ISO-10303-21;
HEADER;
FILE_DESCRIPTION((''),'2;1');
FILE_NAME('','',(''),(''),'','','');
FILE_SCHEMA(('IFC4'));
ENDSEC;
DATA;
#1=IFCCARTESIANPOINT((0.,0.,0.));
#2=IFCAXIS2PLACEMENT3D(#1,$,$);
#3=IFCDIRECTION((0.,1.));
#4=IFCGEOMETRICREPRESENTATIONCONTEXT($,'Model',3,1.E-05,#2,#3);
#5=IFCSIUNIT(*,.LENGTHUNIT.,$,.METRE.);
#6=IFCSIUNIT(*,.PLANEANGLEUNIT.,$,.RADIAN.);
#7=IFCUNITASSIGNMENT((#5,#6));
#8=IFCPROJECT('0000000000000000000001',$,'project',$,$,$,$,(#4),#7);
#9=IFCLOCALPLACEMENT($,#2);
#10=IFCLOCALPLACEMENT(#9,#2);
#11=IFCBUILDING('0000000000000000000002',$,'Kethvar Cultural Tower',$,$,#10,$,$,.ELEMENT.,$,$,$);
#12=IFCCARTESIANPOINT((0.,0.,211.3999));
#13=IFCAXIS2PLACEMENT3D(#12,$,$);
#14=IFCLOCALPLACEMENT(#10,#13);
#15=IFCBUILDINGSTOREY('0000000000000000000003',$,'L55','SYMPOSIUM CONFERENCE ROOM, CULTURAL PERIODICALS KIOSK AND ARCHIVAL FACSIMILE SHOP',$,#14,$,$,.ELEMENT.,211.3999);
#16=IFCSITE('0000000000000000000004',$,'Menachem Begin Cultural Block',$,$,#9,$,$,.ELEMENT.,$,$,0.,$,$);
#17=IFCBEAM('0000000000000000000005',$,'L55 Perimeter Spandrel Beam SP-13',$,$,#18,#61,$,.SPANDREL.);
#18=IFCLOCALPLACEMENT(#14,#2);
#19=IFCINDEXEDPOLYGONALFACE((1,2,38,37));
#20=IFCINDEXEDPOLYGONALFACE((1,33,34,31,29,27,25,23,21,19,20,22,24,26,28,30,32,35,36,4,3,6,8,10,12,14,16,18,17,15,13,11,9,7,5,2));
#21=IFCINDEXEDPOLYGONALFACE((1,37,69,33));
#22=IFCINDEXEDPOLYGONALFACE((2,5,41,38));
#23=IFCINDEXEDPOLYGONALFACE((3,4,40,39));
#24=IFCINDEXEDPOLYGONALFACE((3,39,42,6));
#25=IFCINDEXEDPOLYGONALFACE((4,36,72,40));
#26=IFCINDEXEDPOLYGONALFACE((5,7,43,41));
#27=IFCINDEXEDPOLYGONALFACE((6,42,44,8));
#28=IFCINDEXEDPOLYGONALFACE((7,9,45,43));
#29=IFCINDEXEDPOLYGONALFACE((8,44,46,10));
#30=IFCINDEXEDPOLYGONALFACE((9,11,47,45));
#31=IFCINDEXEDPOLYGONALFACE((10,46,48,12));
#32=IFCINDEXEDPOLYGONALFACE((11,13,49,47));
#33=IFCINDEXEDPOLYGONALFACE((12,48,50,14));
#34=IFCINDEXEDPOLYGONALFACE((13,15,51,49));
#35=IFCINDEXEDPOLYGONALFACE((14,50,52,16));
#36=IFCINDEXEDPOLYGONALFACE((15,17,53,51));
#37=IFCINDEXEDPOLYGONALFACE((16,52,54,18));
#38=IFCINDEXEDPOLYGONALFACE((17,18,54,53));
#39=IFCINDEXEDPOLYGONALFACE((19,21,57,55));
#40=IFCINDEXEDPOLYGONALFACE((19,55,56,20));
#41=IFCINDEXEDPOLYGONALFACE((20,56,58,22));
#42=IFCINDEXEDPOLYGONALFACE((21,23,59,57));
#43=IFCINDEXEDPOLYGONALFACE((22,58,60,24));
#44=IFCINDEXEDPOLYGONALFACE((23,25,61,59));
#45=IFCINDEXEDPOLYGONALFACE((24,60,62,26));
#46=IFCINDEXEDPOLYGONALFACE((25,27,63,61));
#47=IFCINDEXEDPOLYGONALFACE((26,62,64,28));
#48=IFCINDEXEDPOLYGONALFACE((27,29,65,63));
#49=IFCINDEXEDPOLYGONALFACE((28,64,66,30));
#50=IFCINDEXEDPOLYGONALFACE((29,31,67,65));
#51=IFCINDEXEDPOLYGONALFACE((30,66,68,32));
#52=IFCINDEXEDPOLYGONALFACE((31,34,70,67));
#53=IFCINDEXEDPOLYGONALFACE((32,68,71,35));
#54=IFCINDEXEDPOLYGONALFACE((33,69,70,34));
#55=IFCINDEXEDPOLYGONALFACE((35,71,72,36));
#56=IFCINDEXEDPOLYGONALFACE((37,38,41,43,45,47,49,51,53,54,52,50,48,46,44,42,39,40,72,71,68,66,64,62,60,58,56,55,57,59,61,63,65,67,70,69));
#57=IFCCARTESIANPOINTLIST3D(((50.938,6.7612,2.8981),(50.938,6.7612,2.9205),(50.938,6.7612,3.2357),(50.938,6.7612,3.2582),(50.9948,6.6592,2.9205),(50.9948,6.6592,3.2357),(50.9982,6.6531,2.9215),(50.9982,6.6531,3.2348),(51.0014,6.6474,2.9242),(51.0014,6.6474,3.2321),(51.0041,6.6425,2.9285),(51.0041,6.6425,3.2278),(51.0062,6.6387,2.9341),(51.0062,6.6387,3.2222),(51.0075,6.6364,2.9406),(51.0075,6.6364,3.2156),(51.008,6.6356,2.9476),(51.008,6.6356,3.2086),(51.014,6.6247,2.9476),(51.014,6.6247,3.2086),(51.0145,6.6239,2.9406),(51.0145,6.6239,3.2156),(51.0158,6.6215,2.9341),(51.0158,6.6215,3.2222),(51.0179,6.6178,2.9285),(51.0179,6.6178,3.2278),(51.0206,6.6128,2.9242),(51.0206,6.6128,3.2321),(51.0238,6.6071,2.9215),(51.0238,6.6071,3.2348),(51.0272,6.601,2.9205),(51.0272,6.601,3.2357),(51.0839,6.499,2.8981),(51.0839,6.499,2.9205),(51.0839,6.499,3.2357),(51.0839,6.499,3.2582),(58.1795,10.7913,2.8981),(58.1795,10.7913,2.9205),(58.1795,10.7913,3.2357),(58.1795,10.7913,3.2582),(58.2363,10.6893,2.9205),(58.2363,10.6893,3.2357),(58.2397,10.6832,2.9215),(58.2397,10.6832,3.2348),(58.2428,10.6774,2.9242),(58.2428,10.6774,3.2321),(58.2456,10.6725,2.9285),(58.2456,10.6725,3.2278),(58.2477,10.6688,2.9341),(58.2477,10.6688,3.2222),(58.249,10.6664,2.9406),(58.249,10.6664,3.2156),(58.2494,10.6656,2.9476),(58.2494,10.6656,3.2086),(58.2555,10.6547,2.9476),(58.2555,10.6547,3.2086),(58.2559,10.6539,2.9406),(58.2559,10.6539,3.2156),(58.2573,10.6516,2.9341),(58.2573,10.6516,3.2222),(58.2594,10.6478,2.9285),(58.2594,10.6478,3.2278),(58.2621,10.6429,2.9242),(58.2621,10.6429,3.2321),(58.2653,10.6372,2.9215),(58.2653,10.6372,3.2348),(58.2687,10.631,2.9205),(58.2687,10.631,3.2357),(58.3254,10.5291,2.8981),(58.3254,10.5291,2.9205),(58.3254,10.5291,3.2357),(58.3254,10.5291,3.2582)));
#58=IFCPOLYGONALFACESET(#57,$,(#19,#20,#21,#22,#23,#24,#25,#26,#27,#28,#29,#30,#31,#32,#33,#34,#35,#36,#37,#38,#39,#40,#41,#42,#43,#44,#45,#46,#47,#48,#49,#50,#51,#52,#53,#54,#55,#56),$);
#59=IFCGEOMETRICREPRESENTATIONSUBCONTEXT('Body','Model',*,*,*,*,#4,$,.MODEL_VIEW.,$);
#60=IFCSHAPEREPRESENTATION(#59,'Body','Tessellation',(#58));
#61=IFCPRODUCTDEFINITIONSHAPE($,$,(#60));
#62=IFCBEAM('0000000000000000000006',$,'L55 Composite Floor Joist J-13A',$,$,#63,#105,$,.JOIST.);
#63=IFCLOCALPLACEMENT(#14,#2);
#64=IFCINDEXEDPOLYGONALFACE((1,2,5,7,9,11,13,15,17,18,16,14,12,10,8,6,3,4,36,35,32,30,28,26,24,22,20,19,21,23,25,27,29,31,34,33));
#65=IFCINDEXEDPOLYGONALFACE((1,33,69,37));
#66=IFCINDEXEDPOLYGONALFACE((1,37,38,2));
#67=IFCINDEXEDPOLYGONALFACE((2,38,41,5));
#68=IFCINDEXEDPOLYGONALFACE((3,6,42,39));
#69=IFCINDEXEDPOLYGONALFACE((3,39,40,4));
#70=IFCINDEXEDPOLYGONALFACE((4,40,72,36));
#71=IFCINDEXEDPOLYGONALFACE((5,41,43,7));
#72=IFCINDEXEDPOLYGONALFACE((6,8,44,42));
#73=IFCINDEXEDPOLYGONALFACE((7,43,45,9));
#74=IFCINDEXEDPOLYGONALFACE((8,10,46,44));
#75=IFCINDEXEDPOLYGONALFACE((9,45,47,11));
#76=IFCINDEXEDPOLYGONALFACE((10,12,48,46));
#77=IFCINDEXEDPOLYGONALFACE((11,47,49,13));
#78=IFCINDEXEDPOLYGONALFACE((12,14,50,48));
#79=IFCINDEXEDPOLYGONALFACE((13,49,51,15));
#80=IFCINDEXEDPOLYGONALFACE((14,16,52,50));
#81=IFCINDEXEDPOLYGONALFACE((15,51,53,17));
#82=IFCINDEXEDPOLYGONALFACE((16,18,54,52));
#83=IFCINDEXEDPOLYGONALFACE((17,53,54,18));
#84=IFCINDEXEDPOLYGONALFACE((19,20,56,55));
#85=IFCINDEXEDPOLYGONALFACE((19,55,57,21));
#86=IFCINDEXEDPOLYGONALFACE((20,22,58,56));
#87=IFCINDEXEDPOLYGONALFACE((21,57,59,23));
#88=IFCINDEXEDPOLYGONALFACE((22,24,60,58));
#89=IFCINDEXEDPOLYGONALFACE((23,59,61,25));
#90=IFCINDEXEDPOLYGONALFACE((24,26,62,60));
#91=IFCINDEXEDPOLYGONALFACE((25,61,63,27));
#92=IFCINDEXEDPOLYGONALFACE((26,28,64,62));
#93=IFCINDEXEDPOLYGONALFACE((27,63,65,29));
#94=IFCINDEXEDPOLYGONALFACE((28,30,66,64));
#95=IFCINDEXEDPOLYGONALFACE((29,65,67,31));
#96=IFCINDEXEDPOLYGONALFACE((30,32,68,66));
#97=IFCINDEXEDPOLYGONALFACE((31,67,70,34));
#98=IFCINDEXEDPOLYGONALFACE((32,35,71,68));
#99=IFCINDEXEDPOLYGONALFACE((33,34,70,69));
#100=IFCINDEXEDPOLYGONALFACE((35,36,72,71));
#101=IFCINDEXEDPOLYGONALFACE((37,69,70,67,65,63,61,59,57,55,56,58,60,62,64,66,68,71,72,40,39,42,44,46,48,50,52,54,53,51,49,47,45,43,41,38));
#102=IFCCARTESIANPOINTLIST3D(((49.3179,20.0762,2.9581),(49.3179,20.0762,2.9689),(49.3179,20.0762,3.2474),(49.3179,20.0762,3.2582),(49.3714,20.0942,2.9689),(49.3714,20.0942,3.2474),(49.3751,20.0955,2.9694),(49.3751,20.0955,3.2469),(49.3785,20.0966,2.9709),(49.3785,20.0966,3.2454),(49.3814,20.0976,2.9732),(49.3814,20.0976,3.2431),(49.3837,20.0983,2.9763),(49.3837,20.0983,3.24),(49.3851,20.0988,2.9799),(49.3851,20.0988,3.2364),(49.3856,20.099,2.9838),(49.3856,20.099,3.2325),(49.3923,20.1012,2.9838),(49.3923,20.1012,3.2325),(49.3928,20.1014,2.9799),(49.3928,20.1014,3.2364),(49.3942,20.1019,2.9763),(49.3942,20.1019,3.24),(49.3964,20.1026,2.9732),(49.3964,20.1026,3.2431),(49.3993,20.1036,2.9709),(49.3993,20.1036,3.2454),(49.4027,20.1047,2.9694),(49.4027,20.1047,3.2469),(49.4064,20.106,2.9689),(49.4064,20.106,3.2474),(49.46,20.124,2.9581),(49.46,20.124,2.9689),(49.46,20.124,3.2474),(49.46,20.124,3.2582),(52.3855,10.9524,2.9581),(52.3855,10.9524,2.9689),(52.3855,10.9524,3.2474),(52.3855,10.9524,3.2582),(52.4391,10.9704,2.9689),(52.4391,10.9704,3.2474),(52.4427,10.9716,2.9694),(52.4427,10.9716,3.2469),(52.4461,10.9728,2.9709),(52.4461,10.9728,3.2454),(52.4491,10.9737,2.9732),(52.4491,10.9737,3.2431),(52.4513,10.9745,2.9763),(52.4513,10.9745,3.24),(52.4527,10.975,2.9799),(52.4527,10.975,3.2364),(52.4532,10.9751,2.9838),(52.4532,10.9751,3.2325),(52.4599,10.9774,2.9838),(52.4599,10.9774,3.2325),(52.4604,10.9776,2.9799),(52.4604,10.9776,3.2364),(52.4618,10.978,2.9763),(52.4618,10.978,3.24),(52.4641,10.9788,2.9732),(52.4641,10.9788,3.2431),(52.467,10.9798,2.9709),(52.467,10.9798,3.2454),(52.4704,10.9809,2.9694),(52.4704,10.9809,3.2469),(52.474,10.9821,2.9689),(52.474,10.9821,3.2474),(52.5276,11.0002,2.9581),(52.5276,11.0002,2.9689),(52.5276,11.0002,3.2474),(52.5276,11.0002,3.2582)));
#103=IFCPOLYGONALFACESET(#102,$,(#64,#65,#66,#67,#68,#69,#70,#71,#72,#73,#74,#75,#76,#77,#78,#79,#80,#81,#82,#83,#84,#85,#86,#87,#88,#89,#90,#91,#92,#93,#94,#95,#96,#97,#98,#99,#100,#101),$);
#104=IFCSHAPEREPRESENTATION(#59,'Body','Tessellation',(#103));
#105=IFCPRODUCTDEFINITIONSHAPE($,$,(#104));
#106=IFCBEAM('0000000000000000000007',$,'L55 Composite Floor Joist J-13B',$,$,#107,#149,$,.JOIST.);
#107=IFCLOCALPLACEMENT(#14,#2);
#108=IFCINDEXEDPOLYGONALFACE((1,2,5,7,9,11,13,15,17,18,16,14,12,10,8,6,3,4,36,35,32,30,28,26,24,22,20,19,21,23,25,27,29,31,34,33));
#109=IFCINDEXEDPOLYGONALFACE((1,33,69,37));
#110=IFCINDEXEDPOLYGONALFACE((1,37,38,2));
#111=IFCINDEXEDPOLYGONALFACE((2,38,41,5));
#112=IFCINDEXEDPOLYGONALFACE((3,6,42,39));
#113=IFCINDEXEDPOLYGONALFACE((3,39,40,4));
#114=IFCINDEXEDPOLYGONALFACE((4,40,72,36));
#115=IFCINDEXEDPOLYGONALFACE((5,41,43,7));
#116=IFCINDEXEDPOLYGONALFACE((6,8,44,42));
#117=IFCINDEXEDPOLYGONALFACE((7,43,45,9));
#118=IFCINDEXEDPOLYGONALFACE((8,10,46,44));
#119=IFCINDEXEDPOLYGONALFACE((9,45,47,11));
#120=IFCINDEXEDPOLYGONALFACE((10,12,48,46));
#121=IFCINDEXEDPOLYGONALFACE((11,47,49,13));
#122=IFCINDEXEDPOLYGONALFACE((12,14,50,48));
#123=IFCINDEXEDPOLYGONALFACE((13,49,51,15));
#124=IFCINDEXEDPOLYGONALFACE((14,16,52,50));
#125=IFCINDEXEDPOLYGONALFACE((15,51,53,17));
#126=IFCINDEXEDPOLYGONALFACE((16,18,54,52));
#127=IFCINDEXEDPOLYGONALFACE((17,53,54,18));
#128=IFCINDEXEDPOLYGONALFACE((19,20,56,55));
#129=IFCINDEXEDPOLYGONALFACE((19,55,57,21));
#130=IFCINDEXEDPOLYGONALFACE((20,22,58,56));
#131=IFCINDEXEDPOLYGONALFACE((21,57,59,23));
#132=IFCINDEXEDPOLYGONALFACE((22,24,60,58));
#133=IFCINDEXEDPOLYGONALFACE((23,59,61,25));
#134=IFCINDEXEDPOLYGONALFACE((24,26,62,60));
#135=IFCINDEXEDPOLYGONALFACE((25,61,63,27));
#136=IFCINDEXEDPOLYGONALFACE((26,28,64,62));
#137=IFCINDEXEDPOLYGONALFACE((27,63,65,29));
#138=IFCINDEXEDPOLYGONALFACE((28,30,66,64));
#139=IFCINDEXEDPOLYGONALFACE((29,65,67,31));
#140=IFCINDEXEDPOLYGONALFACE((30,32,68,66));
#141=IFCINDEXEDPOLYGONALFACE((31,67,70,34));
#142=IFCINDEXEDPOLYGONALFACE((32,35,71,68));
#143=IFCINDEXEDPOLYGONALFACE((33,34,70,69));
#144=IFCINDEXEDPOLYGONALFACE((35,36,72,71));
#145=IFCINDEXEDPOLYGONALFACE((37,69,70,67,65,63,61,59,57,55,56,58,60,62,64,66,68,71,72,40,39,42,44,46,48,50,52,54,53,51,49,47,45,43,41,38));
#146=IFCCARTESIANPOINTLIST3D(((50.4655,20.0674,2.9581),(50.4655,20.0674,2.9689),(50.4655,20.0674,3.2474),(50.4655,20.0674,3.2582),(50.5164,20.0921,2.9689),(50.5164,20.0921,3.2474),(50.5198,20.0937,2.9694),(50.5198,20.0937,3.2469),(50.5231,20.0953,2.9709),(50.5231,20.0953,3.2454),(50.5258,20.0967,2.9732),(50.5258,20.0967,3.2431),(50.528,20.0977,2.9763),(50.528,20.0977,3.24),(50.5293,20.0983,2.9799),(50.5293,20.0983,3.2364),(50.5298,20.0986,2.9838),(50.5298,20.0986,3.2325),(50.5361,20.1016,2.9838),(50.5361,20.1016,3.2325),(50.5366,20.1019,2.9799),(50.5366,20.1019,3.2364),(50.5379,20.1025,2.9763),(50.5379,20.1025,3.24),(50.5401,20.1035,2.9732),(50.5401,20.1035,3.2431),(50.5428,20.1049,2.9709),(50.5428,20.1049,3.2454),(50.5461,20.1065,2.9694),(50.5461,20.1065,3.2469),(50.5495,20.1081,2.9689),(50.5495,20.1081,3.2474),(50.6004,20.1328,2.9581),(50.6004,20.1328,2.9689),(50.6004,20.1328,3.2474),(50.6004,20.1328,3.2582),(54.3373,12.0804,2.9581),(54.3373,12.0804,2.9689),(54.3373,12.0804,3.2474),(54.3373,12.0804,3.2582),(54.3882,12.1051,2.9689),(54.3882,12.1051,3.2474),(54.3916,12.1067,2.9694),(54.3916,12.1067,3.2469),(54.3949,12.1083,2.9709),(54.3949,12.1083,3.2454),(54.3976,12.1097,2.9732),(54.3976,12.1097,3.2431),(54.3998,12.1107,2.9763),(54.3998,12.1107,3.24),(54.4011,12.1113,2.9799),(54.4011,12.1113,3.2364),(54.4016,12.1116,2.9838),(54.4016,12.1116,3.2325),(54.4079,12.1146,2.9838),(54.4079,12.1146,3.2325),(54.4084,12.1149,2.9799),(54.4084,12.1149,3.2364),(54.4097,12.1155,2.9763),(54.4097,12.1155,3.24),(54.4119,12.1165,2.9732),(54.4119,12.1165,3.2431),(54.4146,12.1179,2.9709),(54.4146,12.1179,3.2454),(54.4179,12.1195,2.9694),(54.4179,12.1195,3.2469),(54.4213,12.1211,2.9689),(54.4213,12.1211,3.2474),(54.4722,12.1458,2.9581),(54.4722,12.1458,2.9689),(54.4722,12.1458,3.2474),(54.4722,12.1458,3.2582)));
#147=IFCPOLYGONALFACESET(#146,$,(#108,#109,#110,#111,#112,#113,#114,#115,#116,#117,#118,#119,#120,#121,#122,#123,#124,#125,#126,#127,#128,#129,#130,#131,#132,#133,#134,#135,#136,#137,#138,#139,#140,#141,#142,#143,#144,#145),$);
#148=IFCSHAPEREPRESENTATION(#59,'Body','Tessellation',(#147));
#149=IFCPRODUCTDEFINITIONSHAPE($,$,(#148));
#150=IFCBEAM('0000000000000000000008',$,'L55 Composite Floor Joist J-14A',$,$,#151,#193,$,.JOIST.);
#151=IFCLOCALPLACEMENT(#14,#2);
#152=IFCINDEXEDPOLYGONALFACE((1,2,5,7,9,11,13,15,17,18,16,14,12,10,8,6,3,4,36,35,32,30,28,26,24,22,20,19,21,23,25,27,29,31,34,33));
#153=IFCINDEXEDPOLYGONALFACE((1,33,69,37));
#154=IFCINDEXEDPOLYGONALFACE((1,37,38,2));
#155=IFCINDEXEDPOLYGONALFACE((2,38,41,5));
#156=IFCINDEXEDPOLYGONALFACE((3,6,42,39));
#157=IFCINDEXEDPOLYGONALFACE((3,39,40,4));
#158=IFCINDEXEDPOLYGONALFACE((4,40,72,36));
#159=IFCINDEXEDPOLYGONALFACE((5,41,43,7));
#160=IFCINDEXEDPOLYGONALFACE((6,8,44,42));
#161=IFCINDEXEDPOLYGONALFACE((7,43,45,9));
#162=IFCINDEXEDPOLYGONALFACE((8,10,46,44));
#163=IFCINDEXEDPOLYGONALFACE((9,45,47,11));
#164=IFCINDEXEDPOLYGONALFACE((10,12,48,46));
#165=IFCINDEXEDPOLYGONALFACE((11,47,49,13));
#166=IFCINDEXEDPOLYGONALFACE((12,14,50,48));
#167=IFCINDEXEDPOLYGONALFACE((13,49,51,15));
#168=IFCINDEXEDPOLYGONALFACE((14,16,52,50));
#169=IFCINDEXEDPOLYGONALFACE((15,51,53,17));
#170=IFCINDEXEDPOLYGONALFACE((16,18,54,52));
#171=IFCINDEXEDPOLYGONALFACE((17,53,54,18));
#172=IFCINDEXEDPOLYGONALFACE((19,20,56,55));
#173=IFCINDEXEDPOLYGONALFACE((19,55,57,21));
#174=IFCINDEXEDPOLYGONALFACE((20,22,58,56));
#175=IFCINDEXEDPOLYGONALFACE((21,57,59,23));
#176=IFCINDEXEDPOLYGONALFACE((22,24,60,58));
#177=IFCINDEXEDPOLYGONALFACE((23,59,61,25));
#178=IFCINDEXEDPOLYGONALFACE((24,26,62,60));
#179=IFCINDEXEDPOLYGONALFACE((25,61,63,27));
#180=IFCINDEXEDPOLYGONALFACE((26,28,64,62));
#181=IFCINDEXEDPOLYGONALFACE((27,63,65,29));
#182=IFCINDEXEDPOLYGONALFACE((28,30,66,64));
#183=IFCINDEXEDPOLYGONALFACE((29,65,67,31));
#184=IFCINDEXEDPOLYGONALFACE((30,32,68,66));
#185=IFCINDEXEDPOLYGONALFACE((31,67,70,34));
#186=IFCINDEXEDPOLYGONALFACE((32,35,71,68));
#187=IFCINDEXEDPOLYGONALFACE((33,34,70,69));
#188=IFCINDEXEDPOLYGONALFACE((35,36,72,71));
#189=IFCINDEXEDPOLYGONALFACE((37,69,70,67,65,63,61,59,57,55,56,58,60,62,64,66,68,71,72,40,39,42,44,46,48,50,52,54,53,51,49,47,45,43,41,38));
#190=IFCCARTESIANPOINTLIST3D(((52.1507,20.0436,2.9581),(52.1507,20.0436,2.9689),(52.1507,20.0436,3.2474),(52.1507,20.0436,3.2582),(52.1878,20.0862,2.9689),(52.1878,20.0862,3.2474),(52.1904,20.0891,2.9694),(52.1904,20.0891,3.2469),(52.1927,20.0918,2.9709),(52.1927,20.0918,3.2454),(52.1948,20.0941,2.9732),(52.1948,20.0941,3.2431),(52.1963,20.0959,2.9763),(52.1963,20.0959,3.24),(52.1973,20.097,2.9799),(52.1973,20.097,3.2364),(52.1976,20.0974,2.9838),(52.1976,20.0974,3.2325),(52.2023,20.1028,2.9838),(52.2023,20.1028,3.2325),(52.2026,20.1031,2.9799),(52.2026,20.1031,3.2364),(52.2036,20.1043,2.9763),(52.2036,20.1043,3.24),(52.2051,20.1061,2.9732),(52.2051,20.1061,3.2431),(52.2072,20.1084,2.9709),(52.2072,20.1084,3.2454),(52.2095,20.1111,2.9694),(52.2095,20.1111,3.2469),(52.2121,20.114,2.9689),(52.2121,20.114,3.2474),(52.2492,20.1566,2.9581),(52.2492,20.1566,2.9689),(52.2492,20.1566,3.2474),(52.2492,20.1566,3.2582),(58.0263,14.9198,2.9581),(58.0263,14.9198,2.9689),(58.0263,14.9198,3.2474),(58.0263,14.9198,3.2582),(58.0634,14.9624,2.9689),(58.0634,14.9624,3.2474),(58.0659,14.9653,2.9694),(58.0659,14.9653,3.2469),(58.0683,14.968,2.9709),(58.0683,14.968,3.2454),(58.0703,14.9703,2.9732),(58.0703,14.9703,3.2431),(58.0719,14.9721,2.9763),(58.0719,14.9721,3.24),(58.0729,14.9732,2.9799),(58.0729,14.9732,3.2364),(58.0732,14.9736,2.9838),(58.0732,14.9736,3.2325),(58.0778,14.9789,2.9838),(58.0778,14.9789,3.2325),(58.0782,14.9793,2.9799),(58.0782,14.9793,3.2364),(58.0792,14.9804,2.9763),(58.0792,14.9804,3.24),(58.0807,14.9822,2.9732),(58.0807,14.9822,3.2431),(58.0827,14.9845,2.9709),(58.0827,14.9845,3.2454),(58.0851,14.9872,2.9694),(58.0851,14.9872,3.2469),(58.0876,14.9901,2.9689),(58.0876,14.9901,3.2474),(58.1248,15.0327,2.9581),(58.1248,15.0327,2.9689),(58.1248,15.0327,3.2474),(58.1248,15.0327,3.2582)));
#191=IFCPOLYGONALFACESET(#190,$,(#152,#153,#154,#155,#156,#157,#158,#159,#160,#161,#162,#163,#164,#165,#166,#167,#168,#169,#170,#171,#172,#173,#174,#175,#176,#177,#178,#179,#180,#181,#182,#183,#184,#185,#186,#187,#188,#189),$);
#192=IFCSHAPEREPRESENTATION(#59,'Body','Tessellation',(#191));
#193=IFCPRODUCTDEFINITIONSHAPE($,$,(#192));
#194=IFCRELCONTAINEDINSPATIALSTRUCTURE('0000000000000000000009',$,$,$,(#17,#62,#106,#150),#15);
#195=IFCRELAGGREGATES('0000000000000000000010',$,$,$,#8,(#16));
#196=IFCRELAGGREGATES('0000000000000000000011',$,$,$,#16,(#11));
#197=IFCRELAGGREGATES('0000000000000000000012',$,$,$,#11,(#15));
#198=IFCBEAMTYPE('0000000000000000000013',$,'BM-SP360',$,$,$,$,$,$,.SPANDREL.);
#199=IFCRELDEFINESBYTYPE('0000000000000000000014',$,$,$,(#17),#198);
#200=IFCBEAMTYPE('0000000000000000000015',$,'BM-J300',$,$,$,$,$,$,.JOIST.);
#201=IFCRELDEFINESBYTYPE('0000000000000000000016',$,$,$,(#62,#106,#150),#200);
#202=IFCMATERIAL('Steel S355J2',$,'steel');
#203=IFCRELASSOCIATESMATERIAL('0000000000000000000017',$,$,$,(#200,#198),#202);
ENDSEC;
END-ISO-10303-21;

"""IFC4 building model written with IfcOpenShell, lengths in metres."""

from ifc_helpers import new_model, si_unit, direction, frame, origin, origin_2d, place, context, subcontext, project, spatial, i_section, extrude, source, transform, mapped, material, material_profile, profile_set, type_object, element, save


model = new_model("IFC4")

# Units and contexts
model_context = context("Model", 3, precision=1e-05, world=origin(), true_north=direction((0.0, 1.0)))
body_context = subcontext(model_context, "Body", "Model", "MODEL_VIEW")
ifc_project = project(units=[si_unit("LENGTHUNIT", "METRE"), si_unit("PLANEANGLEUNIT", "RADIAN")], contexts=[model_context])

# Site, building, storey
site_placement = place(None, origin())
site = spatial("IfcSite", under=ifc_project, at=site_placement, Name="Menachem Begin Cultural Block", CompositionType="ELEMENT", RefElevation=0.0)
building_placement = place(site_placement, origin())
building = spatial("IfcBuilding", under=site, at=building_placement, Name="Kethvar Cultural Tower", CompositionType="ELEMENT")
storey_placement = place(building_placement, frame((0.0, 0.0, 211.3999)))
storey = spatial("IfcBuildingStorey", under=building, at=storey_placement, Name="L55", Description="SYMPOSIUM CONFERENCE ROOM, CULTURAL PERIODICALS KIOSK AND ARCHIVAL FACSIMILE SHOP", CompositionType="ELEMENT", Elevation=211.3999)

# Beams
ifc_material_1 = material(Name="Steel S355J2", Category="steel")
ifc_material_profile_1 = material_profile(ifc_material_1, i_section(OverallWidth=0.1499, OverallDepth=0.3, WebThickness=0.0071, FlangeThickness=0.0107, FilletRadius=0.0149, at=origin_2d()), Name="Steel S355J2 — IPE300")
ifc_profile_set_1 = profile_set([ifc_material_profile_1], Name="Steel S355J2 — IPE300")
beam_type_1 = type_object("IfcBeamType", Name="BM-J300", PredefinedType="JOIST", material=ifc_profile_set_1)
ifc_material_profile_2 = material_profile(ifc_material_1, i_section(OverallWidth=0.3, OverallDepth=0.3601, WebThickness=0.0125, FlangeThickness=0.0225, FilletRadius=0.0271, at=origin_2d()), Name="Steel S355J2 — HEB360")
ifc_profile_set_2 = profile_set([ifc_material_profile_2], Name="Steel S355J2 — HEB360")
beam_type_2 = type_object("IfcBeamType", Name="BM-SP360", PredefinedType="SPANDREL", material=ifc_profile_set_2)
shared_shape_1 = source(origin(), body_context, "Body", "SweptSolid", [
    extrude(i_section(OverallWidth=0.3, OverallDepth=0.3601, WebThickness=0.0125, FlangeThickness=0.0225, FilletRadius=0.0271, at=origin_2d()), origin(), (0.0, 0.0, 1.0), 8.2874),
])
beam_1_placement = place(storey_placement, frame((51.011, 6.6301, 3.0781), z_axis=(0.873799, 0.486288, 0.0), x_axis=(-0.486288, 0.873799, 0.0)))
element("IfcBeam", 1, at=beam_1_placement, inside=storey, type_object=beam_type_2, Name="L55 Perimeter Spandrel Beam SP-13", PredefinedType="SPANDREL", context=body_context, shape_type="MappedRepresentation", body=[
    mapped(shared_shape_1, transform((0.0, 0.0, 0.0), scale=1.0)),
])
shared_shape_2 = source(origin(), body_context, "Body", "SweptSolid", [
    extrude(i_section(OverallWidth=0.1499, OverallDepth=0.3, WebThickness=0.0071, FlangeThickness=0.0107, FilletRadius=0.0149, at=origin_2d()), origin(), (0.0, 0.0, 1.0), 9.6257),
])
beam_2_placement = place(storey_placement, frame((49.3889, 20.1001, 3.1082), z_axis=(0.318692, -0.947858, 0.0), x_axis=(0.947858, 0.318692, 0.0)))
element("IfcBeam", 2, at=beam_2_placement, inside=storey, type_object=beam_type_1, Name="L55 Composite Floor Joist J-13A", PredefinedType="JOIST", context=body_context, shape_type="MappedRepresentation", body=[
    mapped(shared_shape_2, transform((0.0, 0.0, 0.0), scale=1.0)),
])
shared_shape_3 = source(origin(), body_context, "Body", "SweptSolid", [
    extrude(i_section(OverallWidth=0.1499, OverallDepth=0.3, WebThickness=0.0071, FlangeThickness=0.0107, FilletRadius=0.0149, at=origin_2d()), origin(), (0.0, 0.0, 1.0), 8.876),
])
beam_3_placement = place(storey_placement, frame((50.533, 20.1001, 3.1082), z_axis=(0.436211, -0.899845, 0.0), x_axis=(0.899845, 0.436211, 0.0)))
element("IfcBeam", 3, at=beam_3_placement, inside=storey, type_object=beam_type_1, Name="L55 Composite Floor Joist J-13B", PredefinedType="JOIST", context=body_context, shape_type="MappedRepresentation", body=[
    mapped(shared_shape_3, transform((0.0, 0.0, 0.0), scale=1.0)),
])
shared_shape_4 = source(origin(), body_context, "Body", "SweptSolid", [
    extrude(i_section(OverallWidth=0.1499, OverallDepth=0.3, WebThickness=0.0071, FlangeThickness=0.0107, FilletRadius=0.0149, at=origin_2d()), origin(), (0.0, 0.0, 1.0), 7.7959),
])
beam_4_placement = place(storey_placement, frame((52.2, 20.1001, 3.1082), z_axis=(0.753674, -0.657249, 0.0), x_axis=(0.657249, 0.753674, 0.0)))
element("IfcBeam", 4, at=beam_4_placement, inside=storey, type_object=beam_type_1, Name="L55 Composite Floor Joist J-14A", PredefinedType="JOIST", context=body_context, shape_type="MappedRepresentation", body=[
    mapped(shared_shape_4, transform((0.0, 0.0, 0.0), scale=1.0)),
])

save(model, "model.ifc")
